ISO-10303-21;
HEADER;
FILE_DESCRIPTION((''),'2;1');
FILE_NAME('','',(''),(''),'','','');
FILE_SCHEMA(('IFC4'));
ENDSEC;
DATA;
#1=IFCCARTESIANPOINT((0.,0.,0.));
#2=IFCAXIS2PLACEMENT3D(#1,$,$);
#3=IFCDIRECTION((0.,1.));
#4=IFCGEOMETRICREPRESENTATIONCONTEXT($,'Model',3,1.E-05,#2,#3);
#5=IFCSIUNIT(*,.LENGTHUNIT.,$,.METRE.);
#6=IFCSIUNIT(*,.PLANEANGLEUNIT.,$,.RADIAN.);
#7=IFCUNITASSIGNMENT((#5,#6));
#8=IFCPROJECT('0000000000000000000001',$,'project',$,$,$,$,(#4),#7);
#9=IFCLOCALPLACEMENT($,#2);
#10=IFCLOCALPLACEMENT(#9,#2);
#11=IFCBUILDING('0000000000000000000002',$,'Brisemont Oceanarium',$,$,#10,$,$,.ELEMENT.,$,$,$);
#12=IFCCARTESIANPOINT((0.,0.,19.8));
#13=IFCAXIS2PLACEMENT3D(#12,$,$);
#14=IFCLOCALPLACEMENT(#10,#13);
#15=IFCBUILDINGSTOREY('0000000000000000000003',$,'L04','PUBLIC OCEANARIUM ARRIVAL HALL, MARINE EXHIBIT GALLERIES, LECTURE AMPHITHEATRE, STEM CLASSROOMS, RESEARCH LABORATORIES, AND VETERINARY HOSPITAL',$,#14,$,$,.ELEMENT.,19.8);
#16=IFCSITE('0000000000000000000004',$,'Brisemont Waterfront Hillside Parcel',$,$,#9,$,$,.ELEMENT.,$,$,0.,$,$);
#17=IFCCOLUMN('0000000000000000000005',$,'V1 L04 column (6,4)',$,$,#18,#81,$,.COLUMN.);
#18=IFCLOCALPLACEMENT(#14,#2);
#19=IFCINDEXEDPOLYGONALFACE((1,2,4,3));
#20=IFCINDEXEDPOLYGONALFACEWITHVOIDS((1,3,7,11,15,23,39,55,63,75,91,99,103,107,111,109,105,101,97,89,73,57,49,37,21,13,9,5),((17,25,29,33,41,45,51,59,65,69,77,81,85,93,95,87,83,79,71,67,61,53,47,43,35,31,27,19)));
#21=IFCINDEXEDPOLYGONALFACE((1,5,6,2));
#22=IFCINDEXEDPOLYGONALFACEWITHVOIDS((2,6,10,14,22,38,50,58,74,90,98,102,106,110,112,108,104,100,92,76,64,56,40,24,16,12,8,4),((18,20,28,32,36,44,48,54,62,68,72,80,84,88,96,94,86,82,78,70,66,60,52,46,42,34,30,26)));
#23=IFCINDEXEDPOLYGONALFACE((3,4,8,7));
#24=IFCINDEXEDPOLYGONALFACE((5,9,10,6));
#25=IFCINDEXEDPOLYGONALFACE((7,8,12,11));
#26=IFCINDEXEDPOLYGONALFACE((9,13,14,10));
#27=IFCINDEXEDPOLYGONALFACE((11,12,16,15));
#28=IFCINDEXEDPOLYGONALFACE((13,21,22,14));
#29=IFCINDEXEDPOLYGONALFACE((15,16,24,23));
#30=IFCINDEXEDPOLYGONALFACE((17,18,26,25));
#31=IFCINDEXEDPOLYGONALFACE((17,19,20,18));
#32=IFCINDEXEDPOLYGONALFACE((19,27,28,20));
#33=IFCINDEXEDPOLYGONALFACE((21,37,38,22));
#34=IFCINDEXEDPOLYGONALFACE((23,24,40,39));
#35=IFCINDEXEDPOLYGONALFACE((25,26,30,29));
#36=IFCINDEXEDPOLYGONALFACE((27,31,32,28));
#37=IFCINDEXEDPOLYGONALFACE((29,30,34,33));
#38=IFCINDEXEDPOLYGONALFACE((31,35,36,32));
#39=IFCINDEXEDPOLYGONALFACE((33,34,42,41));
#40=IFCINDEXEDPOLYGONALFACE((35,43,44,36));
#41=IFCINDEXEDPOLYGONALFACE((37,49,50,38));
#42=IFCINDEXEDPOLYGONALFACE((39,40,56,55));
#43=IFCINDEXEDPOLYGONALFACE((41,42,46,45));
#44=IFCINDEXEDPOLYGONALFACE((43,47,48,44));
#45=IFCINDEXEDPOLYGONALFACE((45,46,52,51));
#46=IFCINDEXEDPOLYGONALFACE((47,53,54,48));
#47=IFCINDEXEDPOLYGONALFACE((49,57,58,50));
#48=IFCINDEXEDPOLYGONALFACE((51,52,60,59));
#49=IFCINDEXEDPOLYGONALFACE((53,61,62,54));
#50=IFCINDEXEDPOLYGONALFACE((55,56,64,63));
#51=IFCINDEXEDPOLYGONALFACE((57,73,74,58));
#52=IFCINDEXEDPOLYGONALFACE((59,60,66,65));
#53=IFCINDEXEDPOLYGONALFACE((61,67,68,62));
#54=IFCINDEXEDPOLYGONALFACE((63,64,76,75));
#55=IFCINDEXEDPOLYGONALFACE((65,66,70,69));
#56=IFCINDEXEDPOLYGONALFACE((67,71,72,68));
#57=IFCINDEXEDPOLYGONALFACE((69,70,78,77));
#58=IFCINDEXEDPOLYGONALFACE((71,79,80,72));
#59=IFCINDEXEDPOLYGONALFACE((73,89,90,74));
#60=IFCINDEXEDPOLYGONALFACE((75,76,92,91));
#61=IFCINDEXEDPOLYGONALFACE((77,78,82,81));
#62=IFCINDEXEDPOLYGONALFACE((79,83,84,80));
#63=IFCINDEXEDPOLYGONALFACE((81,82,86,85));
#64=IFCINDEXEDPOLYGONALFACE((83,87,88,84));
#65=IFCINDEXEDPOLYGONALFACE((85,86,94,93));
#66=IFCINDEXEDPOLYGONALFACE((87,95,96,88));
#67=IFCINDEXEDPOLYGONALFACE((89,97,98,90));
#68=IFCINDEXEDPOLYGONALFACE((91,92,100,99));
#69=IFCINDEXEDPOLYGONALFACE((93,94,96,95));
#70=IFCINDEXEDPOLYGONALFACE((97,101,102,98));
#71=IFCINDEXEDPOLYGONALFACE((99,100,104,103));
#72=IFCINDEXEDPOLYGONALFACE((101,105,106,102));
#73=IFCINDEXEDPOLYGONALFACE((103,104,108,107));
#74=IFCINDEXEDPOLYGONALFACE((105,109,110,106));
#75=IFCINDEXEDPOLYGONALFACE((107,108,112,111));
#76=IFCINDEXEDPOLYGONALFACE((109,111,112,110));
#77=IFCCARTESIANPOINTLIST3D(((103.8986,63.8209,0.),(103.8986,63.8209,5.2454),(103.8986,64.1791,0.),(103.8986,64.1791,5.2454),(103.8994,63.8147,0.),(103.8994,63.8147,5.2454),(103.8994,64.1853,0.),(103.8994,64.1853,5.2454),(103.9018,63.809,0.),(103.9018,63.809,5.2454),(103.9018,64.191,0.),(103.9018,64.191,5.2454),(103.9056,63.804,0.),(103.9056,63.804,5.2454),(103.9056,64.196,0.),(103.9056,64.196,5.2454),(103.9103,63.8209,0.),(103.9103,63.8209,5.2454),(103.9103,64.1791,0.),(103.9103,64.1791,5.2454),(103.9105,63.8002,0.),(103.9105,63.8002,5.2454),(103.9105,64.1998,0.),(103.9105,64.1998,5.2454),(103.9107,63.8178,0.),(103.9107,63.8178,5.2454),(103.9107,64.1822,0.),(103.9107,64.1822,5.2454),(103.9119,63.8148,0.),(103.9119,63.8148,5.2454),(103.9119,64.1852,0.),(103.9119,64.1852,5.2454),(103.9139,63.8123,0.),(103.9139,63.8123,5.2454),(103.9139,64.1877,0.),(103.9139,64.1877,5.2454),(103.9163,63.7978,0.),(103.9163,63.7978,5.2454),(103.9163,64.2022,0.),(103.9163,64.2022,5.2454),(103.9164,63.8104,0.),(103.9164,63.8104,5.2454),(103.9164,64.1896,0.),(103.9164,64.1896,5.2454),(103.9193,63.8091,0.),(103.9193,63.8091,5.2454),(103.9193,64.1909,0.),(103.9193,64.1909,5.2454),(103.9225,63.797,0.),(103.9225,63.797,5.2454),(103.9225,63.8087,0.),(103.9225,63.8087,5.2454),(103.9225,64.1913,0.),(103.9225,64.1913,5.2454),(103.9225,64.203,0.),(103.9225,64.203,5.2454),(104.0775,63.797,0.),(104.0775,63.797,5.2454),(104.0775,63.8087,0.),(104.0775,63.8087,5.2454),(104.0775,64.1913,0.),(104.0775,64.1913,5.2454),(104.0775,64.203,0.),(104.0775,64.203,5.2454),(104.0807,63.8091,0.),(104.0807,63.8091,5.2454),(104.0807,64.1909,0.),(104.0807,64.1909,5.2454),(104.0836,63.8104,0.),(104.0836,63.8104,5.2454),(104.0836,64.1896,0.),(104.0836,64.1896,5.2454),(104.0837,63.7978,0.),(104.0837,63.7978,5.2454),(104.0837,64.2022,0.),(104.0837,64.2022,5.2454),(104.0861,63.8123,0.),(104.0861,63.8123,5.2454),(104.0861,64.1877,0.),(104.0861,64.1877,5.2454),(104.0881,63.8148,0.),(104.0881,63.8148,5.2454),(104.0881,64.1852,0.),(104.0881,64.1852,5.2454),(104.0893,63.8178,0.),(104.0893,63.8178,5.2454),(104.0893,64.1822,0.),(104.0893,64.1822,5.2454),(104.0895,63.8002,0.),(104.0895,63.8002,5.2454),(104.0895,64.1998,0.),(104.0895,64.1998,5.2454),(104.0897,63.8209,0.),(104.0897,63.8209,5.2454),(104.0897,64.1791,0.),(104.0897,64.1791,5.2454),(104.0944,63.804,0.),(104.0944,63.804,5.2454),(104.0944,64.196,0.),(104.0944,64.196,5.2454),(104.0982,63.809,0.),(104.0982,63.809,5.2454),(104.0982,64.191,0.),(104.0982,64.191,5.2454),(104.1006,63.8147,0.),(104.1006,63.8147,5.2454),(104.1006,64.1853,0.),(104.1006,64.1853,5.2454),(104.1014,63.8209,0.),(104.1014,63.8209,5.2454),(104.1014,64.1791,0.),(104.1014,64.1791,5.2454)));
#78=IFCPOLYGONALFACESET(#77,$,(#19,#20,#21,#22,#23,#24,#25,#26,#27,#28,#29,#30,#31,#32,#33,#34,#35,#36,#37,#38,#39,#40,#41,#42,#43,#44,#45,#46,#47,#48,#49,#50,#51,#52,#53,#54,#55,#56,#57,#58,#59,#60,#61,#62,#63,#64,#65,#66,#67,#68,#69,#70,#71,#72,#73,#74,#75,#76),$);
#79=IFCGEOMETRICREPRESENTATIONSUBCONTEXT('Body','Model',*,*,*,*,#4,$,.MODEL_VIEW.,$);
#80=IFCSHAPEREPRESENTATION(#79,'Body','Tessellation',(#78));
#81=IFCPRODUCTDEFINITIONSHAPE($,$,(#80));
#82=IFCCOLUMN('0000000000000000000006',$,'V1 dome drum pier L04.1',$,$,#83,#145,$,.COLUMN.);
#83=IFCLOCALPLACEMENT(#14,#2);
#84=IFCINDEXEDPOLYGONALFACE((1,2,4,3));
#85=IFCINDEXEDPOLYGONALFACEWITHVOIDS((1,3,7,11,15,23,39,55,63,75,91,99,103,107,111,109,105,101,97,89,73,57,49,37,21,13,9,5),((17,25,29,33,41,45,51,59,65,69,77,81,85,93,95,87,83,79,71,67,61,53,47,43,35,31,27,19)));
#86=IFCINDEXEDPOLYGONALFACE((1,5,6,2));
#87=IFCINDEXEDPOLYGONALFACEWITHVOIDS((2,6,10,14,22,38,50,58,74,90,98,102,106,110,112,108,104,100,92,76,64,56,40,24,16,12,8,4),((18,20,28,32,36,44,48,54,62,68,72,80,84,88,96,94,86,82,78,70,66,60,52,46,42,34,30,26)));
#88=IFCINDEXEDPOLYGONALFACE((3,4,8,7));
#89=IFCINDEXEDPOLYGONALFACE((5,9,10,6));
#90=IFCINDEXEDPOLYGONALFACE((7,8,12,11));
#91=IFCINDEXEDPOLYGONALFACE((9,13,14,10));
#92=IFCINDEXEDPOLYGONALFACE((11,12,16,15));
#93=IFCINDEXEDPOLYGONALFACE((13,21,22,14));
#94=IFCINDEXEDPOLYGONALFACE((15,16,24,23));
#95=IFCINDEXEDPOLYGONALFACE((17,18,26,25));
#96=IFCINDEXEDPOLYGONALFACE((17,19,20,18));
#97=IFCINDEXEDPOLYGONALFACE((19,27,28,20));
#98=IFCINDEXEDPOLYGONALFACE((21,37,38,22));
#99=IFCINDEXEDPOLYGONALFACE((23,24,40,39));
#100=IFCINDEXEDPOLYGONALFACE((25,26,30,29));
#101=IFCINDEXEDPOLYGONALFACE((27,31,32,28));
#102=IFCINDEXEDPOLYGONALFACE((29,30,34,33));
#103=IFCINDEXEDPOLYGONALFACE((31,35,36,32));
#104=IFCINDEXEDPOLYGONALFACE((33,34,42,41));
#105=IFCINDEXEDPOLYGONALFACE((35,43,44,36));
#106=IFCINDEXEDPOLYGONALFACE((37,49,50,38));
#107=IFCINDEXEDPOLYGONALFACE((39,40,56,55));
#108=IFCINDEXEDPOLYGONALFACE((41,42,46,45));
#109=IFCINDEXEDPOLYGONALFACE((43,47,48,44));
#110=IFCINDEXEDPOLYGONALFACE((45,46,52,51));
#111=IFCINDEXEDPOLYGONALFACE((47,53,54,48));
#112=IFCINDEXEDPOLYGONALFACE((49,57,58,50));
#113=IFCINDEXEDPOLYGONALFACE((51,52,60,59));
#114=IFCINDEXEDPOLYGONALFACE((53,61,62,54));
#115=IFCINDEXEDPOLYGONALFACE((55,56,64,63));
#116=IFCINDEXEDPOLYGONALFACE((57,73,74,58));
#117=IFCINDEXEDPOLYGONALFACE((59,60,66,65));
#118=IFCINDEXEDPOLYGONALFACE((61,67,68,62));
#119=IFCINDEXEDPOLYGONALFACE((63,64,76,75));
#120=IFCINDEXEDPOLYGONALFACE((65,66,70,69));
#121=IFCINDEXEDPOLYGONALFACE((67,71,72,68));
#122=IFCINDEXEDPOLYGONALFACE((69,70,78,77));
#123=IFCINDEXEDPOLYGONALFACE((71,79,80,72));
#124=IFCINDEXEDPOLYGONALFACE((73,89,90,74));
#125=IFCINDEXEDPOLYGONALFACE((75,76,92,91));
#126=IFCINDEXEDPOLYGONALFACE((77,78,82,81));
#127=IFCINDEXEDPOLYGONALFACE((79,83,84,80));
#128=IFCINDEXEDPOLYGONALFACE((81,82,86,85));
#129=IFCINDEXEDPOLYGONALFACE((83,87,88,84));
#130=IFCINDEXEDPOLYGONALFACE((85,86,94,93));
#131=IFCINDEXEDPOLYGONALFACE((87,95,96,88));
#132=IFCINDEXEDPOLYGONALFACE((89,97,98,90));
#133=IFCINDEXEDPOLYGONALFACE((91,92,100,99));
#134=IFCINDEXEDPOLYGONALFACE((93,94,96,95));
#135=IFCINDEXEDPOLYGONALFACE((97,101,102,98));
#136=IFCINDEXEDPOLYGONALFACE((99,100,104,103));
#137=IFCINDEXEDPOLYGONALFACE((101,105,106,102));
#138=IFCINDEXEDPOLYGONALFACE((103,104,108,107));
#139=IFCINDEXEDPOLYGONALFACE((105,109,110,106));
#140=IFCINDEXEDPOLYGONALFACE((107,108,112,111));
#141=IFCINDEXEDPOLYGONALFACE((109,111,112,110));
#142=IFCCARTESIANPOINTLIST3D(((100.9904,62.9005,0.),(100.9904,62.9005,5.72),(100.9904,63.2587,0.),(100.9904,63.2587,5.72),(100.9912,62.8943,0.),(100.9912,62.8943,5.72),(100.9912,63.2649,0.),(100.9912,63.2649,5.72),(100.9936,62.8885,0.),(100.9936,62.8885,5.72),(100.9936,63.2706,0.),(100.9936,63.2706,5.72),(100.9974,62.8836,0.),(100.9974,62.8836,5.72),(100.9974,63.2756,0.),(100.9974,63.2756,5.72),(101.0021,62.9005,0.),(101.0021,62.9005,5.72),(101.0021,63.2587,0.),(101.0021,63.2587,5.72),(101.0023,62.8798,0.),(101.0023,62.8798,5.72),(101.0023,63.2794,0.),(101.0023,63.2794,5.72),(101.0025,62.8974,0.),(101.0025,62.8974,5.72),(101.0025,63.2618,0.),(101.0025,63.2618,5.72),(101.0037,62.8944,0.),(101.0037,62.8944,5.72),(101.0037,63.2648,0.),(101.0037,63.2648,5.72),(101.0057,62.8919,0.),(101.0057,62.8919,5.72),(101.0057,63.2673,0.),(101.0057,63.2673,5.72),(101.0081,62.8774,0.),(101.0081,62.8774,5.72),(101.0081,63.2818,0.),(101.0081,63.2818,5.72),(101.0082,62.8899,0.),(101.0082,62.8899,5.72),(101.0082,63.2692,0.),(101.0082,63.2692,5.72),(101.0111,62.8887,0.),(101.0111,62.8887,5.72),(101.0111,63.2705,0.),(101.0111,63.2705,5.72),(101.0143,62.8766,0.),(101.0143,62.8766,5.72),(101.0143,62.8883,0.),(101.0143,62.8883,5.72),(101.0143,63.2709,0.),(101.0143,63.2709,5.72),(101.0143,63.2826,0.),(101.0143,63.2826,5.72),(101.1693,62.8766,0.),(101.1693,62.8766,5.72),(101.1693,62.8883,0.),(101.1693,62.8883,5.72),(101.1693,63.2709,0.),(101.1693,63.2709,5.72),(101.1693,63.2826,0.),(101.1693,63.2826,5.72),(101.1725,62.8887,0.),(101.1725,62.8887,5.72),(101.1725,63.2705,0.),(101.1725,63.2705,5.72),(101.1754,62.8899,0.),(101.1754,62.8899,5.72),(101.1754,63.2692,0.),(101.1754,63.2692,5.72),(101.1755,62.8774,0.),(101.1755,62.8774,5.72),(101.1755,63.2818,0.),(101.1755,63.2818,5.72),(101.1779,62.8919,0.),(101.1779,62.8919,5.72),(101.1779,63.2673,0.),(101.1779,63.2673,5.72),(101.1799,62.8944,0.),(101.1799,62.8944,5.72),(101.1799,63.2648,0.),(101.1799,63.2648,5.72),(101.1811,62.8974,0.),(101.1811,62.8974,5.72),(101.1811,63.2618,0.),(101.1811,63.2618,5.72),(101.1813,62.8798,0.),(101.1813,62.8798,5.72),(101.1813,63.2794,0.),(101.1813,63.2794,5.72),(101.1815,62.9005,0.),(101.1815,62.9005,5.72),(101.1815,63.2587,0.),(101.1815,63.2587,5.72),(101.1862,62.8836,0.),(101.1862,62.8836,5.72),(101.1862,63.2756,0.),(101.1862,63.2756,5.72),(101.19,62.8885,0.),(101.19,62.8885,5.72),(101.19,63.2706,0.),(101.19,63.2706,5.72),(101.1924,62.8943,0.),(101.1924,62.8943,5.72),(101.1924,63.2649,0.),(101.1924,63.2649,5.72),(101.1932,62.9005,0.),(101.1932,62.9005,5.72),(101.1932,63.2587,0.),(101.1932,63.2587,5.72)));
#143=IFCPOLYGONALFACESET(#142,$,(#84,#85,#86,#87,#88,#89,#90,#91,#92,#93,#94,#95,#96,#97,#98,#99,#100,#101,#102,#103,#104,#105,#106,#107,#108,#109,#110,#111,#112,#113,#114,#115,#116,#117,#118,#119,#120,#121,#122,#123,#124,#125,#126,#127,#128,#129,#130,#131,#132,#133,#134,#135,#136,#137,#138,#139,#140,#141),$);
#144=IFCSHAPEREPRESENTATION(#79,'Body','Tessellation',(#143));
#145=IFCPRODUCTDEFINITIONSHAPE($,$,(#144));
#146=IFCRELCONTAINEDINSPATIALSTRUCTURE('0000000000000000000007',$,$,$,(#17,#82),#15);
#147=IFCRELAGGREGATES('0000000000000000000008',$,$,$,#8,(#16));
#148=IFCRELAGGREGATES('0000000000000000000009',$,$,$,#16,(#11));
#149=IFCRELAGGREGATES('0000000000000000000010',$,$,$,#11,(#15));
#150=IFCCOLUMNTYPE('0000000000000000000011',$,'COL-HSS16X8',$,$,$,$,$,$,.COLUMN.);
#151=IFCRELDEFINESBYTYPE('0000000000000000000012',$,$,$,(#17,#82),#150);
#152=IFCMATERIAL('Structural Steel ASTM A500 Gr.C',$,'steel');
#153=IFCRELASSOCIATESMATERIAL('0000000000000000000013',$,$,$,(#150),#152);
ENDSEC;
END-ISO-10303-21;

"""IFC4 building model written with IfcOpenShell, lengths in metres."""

from ifc_helpers import new_model, si_unit, direction, frame, origin, origin_2d, place, context, subcontext, project, spatial, hollow_rectangle, extrude, material, material_profile, profile_set, type_object, element, save


model = new_model("IFC4")

# Units and contexts
model_context = context("Model", 3, precision=1e-05, world=origin(), true_north=direction((0.0, 1.0)))
body_context = subcontext(model_context, "Body", "Model", "MODEL_VIEW")
ifc_project = project(units=[si_unit("LENGTHUNIT", "METRE"), si_unit("PLANEANGLEUNIT", "RADIAN")], contexts=[model_context])

# Site, building, storey
site_placement = place(None, origin())
site = spatial("IfcSite", under=ifc_project, at=site_placement, Name="Brisemont Waterfront Hillside Parcel", CompositionType="ELEMENT", RefElevation=0.0)
building_placement = place(site_placement, origin())
building = spatial("IfcBuilding", under=site, at=building_placement, Name="Brisemont Oceanarium", CompositionType="ELEMENT")
storey_placement = place(building_placement, frame((0.0, 0.0, 19.8)))
storey = spatial("IfcBuildingStorey", under=building, at=storey_placement, Name="L04", Description="PUBLIC OCEANARIUM ARRIVAL HALL, MARINE EXHIBIT GALLERIES, LECTURE AMPHITHEATRE, STEM CLASSROOMS, RESEARCH LABORATORIES, AND VETERINARY HOSPITAL", CompositionType="ELEMENT", Elevation=19.8)

# Columns
ifc_material_1 = material(Name="Structural Steel ASTM A500 Gr.C", Category="steel")
ifc_material_profile_1 = material_profile(ifc_material_1, hollow_rectangle(XDim=0.2029, YDim=0.406, WallThickness=0.0117, InnerFilletRadius=0.0122, OuterFilletRadius=0.0239, at=origin_2d()), Name="HSS16X8X1/2")
ifc_profile_set_1 = profile_set([ifc_material_profile_1], Name="Structural Steel ASTM A500 Gr.C")
column_type = type_object("IfcColumnType", Name="COL-HSS16X8", PredefinedType="COLUMN", material=ifc_profile_set_1)
column_1_placement = place(storey_placement, frame((104.0, 64.0, 0.0), z_axis=(0.0, 0.0, 1.0), x_axis=(1.0, 0.0, 0.0)))
element("IfcColumn", 1, at=column_1_placement, inside=storey, type_object=column_type, Name="V1 L04 column (6,4)", PredefinedType="COLUMN", context=body_context, shape_type="SweptSolid", body=[
    extrude(hollow_rectangle(XDim=0.2029, YDim=0.406, WallThickness=0.0117, InnerFilletRadius=0.0122, OuterFilletRadius=0.0239, at=origin_2d()), origin(), (0.0, 0.0, 1.0), 5.2454),
])
column_2_placement = place(storey_placement, frame((101.0918, 63.0796, 0.0), z_axis=(0.0, 0.0, 1.0), x_axis=(1.0, 0.0, 0.0)))
element("IfcColumn", 2, at=column_2_placement, inside=storey, type_object=column_type, Name="V1 dome drum pier L04.1", PredefinedType="COLUMN", context=body_context, shape_type="SweptSolid", body=[
    extrude(hollow_rectangle(XDim=0.2029, YDim=0.406, WallThickness=0.0117, InnerFilletRadius=0.0122, OuterFilletRadius=0.0239, at=origin_2d()), origin(), (0.0, 0.0, 1.0), 5.72),
])

save(model, "model.ifc")
